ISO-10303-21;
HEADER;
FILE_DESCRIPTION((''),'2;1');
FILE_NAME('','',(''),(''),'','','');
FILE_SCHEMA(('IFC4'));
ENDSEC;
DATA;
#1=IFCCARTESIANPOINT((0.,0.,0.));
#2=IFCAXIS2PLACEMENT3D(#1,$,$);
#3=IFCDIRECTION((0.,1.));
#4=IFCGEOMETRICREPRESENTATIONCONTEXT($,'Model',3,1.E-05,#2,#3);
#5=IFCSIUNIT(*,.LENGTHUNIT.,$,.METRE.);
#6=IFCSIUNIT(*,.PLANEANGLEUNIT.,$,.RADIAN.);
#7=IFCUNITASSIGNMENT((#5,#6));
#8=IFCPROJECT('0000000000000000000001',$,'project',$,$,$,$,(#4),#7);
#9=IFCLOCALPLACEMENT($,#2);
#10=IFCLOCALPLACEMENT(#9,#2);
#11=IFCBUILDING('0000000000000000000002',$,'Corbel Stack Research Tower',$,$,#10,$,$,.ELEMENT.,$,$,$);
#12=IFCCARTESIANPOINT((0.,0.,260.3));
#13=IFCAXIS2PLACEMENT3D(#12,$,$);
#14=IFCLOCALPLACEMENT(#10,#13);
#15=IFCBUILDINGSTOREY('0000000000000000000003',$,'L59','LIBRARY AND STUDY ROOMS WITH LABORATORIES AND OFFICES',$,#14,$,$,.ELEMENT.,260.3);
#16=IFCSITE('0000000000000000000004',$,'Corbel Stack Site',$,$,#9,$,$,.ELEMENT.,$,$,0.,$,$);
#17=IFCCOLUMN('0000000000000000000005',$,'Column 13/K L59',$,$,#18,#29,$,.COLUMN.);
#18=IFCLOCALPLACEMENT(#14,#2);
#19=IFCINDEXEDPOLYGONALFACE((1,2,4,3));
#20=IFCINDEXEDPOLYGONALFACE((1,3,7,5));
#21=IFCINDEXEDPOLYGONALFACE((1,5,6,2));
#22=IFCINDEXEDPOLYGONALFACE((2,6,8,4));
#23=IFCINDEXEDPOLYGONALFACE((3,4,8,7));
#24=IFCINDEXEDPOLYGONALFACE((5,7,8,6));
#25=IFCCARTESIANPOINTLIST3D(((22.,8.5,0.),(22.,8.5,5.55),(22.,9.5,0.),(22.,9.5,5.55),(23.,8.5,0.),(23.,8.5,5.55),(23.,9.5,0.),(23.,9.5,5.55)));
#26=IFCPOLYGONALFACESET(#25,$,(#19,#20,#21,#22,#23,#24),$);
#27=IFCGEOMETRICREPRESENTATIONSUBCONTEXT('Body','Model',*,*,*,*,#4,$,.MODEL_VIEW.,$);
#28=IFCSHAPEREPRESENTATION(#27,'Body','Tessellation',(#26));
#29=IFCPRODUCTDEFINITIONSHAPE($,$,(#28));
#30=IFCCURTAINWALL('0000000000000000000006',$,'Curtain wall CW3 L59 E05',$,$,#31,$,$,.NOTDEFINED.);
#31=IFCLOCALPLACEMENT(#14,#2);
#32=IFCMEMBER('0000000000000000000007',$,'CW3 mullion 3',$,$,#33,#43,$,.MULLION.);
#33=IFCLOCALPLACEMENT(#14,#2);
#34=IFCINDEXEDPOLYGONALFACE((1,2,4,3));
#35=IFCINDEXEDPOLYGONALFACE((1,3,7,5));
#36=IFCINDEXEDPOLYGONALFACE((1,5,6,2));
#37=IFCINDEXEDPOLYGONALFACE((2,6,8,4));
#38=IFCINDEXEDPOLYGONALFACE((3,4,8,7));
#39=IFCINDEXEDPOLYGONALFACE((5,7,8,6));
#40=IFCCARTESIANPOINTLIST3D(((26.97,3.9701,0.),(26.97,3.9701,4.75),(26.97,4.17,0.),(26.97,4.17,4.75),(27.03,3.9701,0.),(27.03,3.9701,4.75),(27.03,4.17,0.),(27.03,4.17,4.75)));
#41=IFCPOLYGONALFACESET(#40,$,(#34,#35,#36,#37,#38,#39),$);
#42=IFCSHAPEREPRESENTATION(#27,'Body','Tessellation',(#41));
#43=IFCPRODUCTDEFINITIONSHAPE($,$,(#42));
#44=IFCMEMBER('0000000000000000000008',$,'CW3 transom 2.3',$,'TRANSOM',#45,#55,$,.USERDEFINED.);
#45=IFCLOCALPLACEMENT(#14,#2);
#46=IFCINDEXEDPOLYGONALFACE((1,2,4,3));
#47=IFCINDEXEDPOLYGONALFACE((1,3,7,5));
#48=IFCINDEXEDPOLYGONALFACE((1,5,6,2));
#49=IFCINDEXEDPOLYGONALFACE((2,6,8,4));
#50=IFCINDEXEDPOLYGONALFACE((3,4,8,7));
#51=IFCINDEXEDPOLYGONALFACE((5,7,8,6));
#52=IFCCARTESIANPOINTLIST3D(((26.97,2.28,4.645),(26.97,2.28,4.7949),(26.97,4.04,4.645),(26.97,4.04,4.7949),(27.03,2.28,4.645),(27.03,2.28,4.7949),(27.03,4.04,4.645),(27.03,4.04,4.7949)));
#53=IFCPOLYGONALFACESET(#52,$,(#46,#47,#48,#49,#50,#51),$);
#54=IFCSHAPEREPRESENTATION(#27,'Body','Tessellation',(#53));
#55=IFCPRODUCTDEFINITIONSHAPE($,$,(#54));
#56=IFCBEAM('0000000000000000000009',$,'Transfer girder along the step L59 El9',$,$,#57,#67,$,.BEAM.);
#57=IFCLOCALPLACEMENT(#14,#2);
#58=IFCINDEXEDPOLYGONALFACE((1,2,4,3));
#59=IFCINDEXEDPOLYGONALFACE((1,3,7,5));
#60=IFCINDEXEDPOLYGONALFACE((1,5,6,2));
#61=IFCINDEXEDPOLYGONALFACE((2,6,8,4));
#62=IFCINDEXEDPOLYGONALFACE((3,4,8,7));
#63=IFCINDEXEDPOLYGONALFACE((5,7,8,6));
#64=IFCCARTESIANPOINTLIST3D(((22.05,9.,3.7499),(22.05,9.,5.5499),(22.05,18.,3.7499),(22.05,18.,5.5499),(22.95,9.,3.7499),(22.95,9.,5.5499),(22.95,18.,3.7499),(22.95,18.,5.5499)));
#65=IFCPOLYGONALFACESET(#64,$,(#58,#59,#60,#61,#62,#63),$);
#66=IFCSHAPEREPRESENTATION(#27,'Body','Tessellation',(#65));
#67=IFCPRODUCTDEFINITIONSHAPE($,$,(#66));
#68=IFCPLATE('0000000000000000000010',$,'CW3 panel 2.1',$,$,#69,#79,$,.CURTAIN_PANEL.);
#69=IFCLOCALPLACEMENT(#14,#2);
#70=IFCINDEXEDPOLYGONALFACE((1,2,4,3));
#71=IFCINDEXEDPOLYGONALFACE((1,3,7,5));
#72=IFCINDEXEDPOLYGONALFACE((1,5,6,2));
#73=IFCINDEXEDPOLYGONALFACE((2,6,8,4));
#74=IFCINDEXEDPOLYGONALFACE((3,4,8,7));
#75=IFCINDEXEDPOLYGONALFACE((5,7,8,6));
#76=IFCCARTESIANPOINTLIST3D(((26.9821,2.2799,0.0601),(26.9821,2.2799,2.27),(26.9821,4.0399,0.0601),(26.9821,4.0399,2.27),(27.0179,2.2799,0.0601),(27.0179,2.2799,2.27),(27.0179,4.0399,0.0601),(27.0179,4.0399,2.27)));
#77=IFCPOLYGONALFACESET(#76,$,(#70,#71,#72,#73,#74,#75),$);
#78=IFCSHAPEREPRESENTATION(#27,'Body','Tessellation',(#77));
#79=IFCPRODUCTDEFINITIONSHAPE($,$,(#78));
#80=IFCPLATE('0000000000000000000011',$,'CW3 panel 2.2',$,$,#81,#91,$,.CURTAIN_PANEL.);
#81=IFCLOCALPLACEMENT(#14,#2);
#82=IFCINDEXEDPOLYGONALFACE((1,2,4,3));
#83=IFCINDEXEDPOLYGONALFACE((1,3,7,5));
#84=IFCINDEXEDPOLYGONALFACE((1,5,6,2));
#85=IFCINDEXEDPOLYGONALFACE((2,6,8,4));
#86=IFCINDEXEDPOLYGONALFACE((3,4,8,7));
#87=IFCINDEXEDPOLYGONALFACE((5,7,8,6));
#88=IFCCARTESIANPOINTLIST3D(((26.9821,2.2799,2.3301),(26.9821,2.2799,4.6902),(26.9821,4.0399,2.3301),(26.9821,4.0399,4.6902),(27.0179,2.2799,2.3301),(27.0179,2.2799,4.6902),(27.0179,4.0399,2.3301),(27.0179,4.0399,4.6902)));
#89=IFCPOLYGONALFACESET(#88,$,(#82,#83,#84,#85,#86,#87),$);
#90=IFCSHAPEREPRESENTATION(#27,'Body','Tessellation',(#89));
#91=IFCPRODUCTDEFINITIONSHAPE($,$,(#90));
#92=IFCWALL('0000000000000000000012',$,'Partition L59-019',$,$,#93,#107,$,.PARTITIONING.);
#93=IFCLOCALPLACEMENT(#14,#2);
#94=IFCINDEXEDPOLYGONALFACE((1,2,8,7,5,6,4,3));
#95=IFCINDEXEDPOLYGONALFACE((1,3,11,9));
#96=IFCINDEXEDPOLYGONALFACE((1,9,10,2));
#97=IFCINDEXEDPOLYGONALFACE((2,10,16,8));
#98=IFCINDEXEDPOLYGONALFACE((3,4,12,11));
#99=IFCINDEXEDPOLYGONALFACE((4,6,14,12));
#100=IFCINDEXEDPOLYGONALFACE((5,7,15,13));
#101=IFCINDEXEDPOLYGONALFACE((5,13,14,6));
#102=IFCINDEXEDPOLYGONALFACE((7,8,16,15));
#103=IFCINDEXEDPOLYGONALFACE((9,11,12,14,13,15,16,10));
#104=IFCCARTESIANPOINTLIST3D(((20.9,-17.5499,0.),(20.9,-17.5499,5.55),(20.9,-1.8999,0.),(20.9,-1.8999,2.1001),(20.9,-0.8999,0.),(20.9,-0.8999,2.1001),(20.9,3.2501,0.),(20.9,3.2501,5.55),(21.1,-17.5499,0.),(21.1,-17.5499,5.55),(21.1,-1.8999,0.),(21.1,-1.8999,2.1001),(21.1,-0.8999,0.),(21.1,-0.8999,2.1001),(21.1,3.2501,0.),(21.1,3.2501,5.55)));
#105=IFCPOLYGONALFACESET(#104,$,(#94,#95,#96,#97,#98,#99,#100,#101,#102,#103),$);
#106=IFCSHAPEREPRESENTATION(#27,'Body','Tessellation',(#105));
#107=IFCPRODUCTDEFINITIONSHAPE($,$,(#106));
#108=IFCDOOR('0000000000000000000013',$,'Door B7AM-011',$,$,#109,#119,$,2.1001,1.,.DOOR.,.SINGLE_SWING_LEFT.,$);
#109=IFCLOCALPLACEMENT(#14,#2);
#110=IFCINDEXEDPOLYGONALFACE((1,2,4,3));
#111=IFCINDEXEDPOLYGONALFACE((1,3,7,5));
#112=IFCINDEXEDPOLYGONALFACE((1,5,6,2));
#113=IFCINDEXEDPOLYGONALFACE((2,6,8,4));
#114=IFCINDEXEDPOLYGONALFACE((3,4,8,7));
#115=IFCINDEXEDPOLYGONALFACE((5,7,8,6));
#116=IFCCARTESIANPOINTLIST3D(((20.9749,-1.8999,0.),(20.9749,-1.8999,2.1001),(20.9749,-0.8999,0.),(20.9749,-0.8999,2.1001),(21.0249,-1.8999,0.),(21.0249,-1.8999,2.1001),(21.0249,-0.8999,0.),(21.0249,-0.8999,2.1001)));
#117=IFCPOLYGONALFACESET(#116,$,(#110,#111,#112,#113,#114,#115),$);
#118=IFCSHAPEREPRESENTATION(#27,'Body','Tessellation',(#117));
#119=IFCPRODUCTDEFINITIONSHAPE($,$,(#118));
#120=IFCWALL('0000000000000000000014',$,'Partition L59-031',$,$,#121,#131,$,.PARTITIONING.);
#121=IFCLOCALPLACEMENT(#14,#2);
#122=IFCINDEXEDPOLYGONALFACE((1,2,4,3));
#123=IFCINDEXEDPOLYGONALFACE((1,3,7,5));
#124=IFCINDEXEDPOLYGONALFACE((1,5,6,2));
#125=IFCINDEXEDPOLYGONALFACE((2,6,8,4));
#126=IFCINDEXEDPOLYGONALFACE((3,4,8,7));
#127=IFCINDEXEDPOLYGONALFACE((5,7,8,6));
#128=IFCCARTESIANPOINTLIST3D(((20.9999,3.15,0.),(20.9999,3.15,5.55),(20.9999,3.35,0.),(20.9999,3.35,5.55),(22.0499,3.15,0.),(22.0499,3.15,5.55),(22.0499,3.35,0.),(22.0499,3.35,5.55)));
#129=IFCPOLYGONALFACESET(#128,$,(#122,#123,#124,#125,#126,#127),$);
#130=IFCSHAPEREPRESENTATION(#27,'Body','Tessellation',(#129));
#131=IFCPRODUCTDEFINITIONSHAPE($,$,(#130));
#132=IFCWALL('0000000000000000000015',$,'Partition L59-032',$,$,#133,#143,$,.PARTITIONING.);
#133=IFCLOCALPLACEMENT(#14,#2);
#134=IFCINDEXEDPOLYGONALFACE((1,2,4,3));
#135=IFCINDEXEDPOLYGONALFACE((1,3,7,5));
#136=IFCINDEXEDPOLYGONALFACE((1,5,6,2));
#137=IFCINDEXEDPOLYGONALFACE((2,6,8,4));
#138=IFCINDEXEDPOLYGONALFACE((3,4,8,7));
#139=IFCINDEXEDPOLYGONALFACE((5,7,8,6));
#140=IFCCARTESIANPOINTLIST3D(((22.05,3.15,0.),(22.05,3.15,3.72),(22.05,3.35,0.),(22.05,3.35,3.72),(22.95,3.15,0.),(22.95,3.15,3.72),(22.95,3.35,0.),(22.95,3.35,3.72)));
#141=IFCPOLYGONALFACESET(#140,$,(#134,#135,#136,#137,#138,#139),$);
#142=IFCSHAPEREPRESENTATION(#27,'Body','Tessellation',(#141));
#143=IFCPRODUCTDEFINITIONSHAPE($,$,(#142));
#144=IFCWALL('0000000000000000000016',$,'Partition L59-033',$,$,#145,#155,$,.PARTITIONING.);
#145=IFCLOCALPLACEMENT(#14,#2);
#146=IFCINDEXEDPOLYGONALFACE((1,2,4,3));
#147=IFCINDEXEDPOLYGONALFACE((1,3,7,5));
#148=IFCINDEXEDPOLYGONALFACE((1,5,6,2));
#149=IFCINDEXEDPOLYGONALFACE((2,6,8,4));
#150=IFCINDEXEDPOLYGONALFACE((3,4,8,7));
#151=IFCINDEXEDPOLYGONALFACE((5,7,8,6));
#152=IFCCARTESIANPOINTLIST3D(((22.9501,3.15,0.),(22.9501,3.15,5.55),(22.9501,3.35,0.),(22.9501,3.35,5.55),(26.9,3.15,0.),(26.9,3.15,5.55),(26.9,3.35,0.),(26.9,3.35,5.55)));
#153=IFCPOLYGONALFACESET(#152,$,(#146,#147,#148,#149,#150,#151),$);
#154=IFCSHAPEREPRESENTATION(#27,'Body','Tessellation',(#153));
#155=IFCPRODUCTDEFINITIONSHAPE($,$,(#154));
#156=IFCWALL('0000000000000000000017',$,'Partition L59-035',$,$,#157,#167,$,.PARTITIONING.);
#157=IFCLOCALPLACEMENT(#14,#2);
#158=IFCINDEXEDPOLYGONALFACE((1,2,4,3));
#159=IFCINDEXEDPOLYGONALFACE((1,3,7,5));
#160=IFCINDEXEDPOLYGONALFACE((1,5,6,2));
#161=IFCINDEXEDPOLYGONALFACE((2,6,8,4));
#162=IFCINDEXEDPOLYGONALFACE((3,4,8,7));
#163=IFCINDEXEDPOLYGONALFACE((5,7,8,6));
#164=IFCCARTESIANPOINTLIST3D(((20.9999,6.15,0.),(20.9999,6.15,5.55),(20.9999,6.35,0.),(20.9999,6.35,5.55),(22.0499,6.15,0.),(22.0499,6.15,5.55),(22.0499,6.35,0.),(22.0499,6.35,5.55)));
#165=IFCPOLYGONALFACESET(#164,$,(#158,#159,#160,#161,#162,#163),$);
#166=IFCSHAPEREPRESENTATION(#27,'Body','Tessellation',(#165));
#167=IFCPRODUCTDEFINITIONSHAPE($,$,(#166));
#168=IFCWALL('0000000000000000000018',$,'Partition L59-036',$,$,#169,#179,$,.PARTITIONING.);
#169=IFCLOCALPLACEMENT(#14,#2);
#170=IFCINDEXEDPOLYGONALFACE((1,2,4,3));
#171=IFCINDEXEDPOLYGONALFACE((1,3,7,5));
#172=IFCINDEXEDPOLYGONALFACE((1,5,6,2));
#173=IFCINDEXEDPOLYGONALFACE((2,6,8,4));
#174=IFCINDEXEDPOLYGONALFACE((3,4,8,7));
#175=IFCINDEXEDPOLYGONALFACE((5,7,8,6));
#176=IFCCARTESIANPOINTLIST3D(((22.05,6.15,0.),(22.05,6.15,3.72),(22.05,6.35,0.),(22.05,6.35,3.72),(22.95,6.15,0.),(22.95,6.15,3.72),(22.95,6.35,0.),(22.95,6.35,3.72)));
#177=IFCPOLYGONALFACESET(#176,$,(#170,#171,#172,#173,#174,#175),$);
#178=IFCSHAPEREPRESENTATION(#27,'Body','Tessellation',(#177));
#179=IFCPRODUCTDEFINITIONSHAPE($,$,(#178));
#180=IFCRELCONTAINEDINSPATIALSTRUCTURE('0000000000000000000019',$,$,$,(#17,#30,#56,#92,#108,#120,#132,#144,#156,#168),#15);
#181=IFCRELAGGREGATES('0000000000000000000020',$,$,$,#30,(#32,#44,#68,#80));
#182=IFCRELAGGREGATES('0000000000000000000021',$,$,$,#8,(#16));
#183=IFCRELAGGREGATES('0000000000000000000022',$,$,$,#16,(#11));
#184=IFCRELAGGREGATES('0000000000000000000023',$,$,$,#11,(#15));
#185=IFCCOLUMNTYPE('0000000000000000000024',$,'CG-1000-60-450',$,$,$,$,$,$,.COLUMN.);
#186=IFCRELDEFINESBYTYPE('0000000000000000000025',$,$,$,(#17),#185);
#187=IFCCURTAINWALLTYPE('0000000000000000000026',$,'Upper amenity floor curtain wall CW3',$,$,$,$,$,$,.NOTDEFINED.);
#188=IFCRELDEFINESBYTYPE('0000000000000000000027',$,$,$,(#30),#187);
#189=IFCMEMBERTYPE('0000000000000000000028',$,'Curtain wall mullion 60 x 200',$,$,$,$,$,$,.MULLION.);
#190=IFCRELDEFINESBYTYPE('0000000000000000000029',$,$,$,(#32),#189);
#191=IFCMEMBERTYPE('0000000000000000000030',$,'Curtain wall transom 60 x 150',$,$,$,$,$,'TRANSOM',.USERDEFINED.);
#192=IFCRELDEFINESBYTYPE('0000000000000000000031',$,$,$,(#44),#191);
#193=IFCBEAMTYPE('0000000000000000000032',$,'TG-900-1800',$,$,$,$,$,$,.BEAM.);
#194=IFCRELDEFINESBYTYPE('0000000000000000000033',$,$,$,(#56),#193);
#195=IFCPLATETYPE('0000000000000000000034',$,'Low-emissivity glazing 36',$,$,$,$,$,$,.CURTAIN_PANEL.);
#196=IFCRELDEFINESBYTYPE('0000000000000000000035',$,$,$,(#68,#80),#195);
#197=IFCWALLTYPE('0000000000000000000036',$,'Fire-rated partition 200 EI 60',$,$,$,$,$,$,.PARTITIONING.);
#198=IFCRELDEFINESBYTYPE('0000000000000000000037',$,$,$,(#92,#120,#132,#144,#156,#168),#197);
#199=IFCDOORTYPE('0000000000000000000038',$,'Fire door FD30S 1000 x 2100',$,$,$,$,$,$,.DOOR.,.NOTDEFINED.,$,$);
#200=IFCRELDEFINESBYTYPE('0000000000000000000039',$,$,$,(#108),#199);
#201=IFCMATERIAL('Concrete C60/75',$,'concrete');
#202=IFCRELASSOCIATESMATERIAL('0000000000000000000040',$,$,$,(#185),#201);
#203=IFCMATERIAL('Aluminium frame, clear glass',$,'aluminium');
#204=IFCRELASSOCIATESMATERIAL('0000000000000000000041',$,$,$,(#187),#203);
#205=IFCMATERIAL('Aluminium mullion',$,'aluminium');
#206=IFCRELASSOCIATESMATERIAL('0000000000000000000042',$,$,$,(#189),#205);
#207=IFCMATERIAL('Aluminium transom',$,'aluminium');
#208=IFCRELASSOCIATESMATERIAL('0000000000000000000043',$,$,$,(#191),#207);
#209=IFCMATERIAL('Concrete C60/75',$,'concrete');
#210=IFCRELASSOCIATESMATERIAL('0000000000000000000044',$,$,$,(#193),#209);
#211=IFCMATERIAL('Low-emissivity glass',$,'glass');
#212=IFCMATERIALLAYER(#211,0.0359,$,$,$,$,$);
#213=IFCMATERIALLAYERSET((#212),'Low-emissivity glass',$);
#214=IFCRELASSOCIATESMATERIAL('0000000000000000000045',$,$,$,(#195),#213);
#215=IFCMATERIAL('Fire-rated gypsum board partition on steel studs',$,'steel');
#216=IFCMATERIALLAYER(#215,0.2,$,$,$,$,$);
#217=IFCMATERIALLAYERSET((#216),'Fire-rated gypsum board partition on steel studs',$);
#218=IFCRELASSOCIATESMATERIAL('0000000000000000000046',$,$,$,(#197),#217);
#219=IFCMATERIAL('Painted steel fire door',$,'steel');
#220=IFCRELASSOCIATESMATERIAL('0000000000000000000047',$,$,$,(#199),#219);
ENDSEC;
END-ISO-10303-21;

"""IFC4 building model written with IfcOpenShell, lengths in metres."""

from ifc_helpers import new_model, si_unit, direction, frame, frame_2d, origin, origin_2d, place, context, subcontext, project, spatial, rectangle, extrude, material, layer, layer_set, material_profile, profile_set, type_object, element, fill, aggregate, save


model = new_model("IFC4")

# Units and contexts
model_context = context("Model", 3, precision=1e-05, world=origin(), true_north=direction((0.0, 1.0)))
body_context = subcontext(model_context, "Body", "Model", "MODEL_VIEW")
ifc_project = project(units=[si_unit("LENGTHUNIT", "METRE"), si_unit("PLANEANGLEUNIT", "RADIAN")], contexts=[model_context])

# Site, building, storey
site_placement = place(None, origin())
site = spatial("IfcSite", under=ifc_project, at=site_placement, Name="Corbel Stack Site", CompositionType="ELEMENT", RefElevation=0.0)
building_placement = place(site_placement, origin())
building = spatial("IfcBuilding", under=site, at=building_placement, Name="Corbel Stack Research Tower", CompositionType="ELEMENT")
storey_placement = place(building_placement, frame((0.0, 0.0, 260.3)))
storey = spatial("IfcBuildingStorey", under=building, at=storey_placement, Name="L59", Description="LIBRARY AND STUDY ROOMS WITH LABORATORIES AND OFFICES", CompositionType="ELEMENT", Elevation=260.3)

# Column
ifc_material_1 = material(Name="Concrete C60/75", Category="concrete")
ifc_material_profile_1 = material_profile(ifc_material_1, rectangle(XDim=1.0, YDim=1.0, at=origin_2d()), Name="RC 1000 x 1000")
ifc_profile_set_1 = profile_set([ifc_material_profile_1], Name="Concrete C60/75")
column_type = type_object("IfcColumnType", Name="CG-1000-60-450", PredefinedType="COLUMN", material=ifc_profile_set_1)
column_placement = place(storey_placement, frame((22.5, 9.0, 0.0), z_axis=(0.0, 0.0, 1.0), x_axis=(1.0, 0.0, 0.0)))
element("IfcColumn", 1, at=column_placement, inside=storey, type_object=column_type, Name="Column 13/K L59", PredefinedType="COLUMN", context=body_context, shape_type="SweptSolid", body=[
    extrude(rectangle(XDim=1.0, YDim=1.0, at=origin_2d()), origin(), (0.0, 0.0, 1.0), 5.55),
])

# Curtain wall, members
ifc_material_2 = material(Name="Aluminium frame, clear glass", Category="aluminium")
curtain_wall_type = type_object("IfcCurtainWallType", Name="Upper amenity floor curtain wall CW3", PredefinedType="NOTDEFINED", material=ifc_material_2)
curtain_wall_placement = place(storey_placement, origin())
curtain_wall = element("IfcCurtainWall", 2, at=curtain_wall_placement, inside=storey, type_object=curtain_wall_type, Name="Curtain wall CW3 L59 E05", PredefinedType="NOTDEFINED")
ifc_material_3 = material(Name="Aluminium mullion", Category="aluminium")
ifc_material_profile_2 = material_profile(ifc_material_3, rectangle(XDim=0.0601, YDim=0.2, at=origin_2d()), Name="Mullion 60 x 200")
ifc_profile_set_2 = profile_set([ifc_material_profile_2], Name="Aluminium mullion")
member_type_1 = type_object("IfcMemberType", Name="Curtain wall mullion 60 x 200", PredefinedType="MULLION", material=ifc_profile_set_2)
member_1_placement = place(storey_placement, frame((27.0, 4.0701, 0.0), z_axis=(0.0, 0.0, 1.0), x_axis=(-1.0, 0.0, 0.0)))
member_1 = element("IfcMember", 3, at=member_1_placement, type_object=member_type_1, Name="CW3 mullion 3", PredefinedType="MULLION", context=body_context, shape_type="SweptSolid", body=[
    extrude(rectangle(XDim=0.0601, YDim=0.2, at=origin_2d()), origin(), (0.0, 0.0, 1.0), 4.75),
])
ifc_material_4 = material(Name="Aluminium transom", Category="aluminium")
ifc_material_profile_3 = material_profile(ifc_material_4, rectangle(XDim=0.0601, YDim=0.1499, at=origin_2d()), Name="Transom 60 x 150")
ifc_profile_set_3 = profile_set([ifc_material_profile_3], Name="Aluminium transom")
member_type_2 = type_object("IfcMemberType", Name="Curtain wall transom 60 x 150", ElementType="TRANSOM", PredefinedType="USERDEFINED", material=ifc_profile_set_3)
member_2_placement = place(storey_placement, frame((27.0, 2.28, 4.72), z_axis=(0.0, 1.0, 0.0), x_axis=(-1.0, 0.0, 0.0)))
member_2 = element("IfcMember", 4, at=member_2_placement, type_object=member_type_2, Name="CW3 transom 2.3", ObjectType="TRANSOM", PredefinedType="USERDEFINED", context=body_context, shape_type="SweptSolid", body=[
    extrude(rectangle(XDim=0.0601, YDim=0.1499, at=origin_2d()), origin(), (0.0, 0.0, 1.0), 1.76),
])

# Beam
ifc_material_5 = material(Name="Concrete C60/75", Category="concrete")
ifc_material_profile_4 = material_profile(ifc_material_5, rectangle(XDim=0.8999, YDim=1.8, at=origin_2d()), Name="RC 900 x 1800")
ifc_profile_set_4 = profile_set([ifc_material_profile_4], Name="Concrete C60/75")
beam_type = type_object("IfcBeamType", Name="TG-900-1800", PredefinedType="BEAM", material=ifc_profile_set_4)
beam_placement = place(storey_placement, frame((22.5, 9.0, 4.6499), z_axis=(0.0, 1.0, 0.0), x_axis=(-1.0, 0.0, 0.0)))
element("IfcBeam", 5, at=beam_placement, inside=storey, type_object=beam_type, Name="Transfer girder along the step L59 El9", PredefinedType="BEAM", context=body_context, shape_type="SweptSolid", body=[
    extrude(rectangle(XDim=0.8999, YDim=1.8, at=origin_2d()), origin(), (0.0, 0.0, 1.0), 9.0),
])

# Plates
ifc_material_6 = material(Name="Low-emissivity glass", Category="glass")
ifc_layer_1 = layer(ifc_material_6, 0.0359)
ifc_layer_set_1 = layer_set([ifc_layer_1], Name="Low-emissivity glass")
plate_type = type_object("IfcPlateType", Name="Low-emissivity glazing 36", PredefinedType="CURTAIN_PANEL", material=ifc_layer_set_1)
plate_1_placement = place(storey_placement, frame((27.0, 3.1599, 0.0601), z_axis=(0.0, 0.0, 1.0), x_axis=(0.0, 1.0, 0.0)))
plate_1 = element("IfcPlate", 6, at=plate_1_placement, type_object=plate_type, Name="CW3 panel 2.1", PredefinedType="CURTAIN_PANEL", context=body_context, shape_type="SweptSolid", body=[
    extrude(rectangle(XDim=1.76, YDim=0.0359, at=origin_2d()), origin(), (0.0, 0.0, 1.0), 2.21),
])
plate_2_placement = place(storey_placement, frame((27.0, 3.1599, 2.3301), z_axis=(0.0, 0.0, 1.0), x_axis=(0.0, 1.0, 0.0)))
plate_2 = element("IfcPlate", 7, at=plate_2_placement, type_object=plate_type, Name="CW3 panel 2.2", PredefinedType="CURTAIN_PANEL", context=body_context, shape_type="SweptSolid", body=[
    extrude(rectangle(XDim=1.76, YDim=0.0359, at=origin_2d()), origin(), (0.0, 0.0, 1.0), 2.3601),
])
aggregate(curtain_wall, [member_1, member_2, plate_1, plate_2])

# Wall, opening, door
ifc_material_7 = material(Name="Fire-rated gypsum board partition on steel studs", Category="steel")
ifc_layer_2 = layer(ifc_material_7, 0.2)
ifc_layer_set_2 = layer_set([ifc_layer_2], Name="Fire-rated gypsum board partition on steel studs")
wall_type = type_object("IfcWallType", Name="Fire-rated partition 200 EI 60", PredefinedType="PARTITIONING", material=ifc_layer_set_2)
wall_1_placement = place(storey_placement, frame((21.0, 3.25, 0.0), z_axis=(0.0, 0.0, 1.0), x_axis=(0.0, -1.0, 0.0)))
wall_1 = element("IfcWall", 8, at=wall_1_placement, inside=storey, type_object=wall_type, Name="Partition L59-019", PredefinedType="PARTITIONING", context=body_context, shape_type="SweptSolid", body=[
    extrude(rectangle(XDim=20.8, YDim=0.2, at=frame_2d((10.3999, 0.0))), origin(), (0.0, 0.0, 1.0), 5.55),
])
opening_placement = place(wall_1_placement, frame((4.1499, 0.0, 0.0)))
opening = element("IfcOpeningElement", 9, at=opening_placement, cuts=wall_1, PredefinedType="OPENING", context=body_context, shape_type="SweptSolid", body=[
    extrude(rectangle(XDim=1.0, YDim=2.1001, at=frame_2d((0.5, 1.05))), frame((0.0, 0.1099, 0.0), z_axis=(0.0, -1.0, 0.0), x_axis=(1.0, 0.0, 0.0)), (0.0, 0.0, 1.0), 0.22),
])
ifc_material_8 = material(Name="Painted steel fire door", Category="steel")
door_type = type_object("IfcDoorType", Name="Fire door FD30S 1000 x 2100", OperationType="NOTDEFINED", PredefinedType="DOOR", material=ifc_material_8)
door_placement = place(opening_placement, origin())
door = element("IfcDoor", 10, at=door_placement, inside=storey, type_object=door_type, Name="Door B7AM-011", OperationType="SINGLE_SWING_LEFT", OverallHeight=2.1001, OverallWidth=1.0, PredefinedType="DOOR", context=body_context, shape_type="SweptSolid", body=[
    extrude(rectangle(XDim=1.0, YDim=2.1001, at=frame_2d((0.5, 1.05))), frame((0.0, 0.0249, 0.0), z_axis=(0.0, -1.0, 0.0), x_axis=(1.0, 0.0, 0.0)), (0.0, 0.0, 1.0), 0.05),
])
fill(opening, door)

# Walls
wall_2_placement = place(storey_placement, frame((21.0, 3.25, 0.0), z_axis=(0.0, 0.0, 1.0), x_axis=(1.0, 0.0, 0.0)))
element("IfcWall", 11, at=wall_2_placement, inside=storey, type_object=wall_type, Name="Partition L59-031", PredefinedType="PARTITIONING", context=body_context, shape_type="SweptSolid", body=[
    extrude(rectangle(XDim=1.05, YDim=0.2, at=frame_2d((0.5249, 0.0))), origin(), (0.0, 0.0, 1.0), 5.55),
])
wall_3_placement = place(storey_placement, frame((22.05, 3.25, 0.0), z_axis=(0.0, 0.0, 1.0), x_axis=(1.0, 0.0, 0.0)))
element("IfcWall", 12, at=wall_3_placement, inside=storey, type_object=wall_type, Name="Partition L59-032", PredefinedType="PARTITIONING", context=body_context, shape_type="SweptSolid", body=[
    extrude(rectangle(XDim=0.8999, YDim=0.2, at=frame_2d((0.45, 0.0))), origin(), (0.0, 0.0, 1.0), 3.72),
])
wall_4_placement = place(storey_placement, frame((22.95, 3.25, 0.0), z_axis=(0.0, 0.0, 1.0), x_axis=(1.0, 0.0, 0.0)))
element("IfcWall", 13, at=wall_4_placement, inside=storey, type_object=wall_type, Name="Partition L59-033", PredefinedType="PARTITIONING", context=body_context, shape_type="SweptSolid", body=[
    extrude(rectangle(XDim=3.95, YDim=0.2, at=frame_2d((1.9751, 0.0))), origin(), (0.0, 0.0, 1.0), 5.55),
])
wall_5_placement = place(storey_placement, frame((21.0, 6.25, 0.0), z_axis=(0.0, 0.0, 1.0), x_axis=(1.0, 0.0, 0.0)))
element("IfcWall", 14, at=wall_5_placement, inside=storey, type_object=wall_type, Name="Partition L59-035", PredefinedType="PARTITIONING", context=body_context, shape_type="SweptSolid", body=[
    extrude(rectangle(XDim=1.05, YDim=0.2, at=frame_2d((0.5249, 0.0))), origin(), (0.0, 0.0, 1.0), 5.55),
])
wall_6_placement = place(storey_placement, frame((22.05, 6.25, 0.0), z_axis=(0.0, 0.0, 1.0), x_axis=(1.0, 0.0, 0.0)))
element("IfcWall", 15, at=wall_6_placement, inside=storey, type_object=wall_type, Name="Partition L59-036", PredefinedType="PARTITIONING", context=body_context, shape_type="SweptSolid", body=[
    extrude(rectangle(XDim=0.8999, YDim=0.2, at=frame_2d((0.45, 0.0))), origin(), (0.0, 0.0, 1.0), 3.72),
])

save(model, "model.ifc")
